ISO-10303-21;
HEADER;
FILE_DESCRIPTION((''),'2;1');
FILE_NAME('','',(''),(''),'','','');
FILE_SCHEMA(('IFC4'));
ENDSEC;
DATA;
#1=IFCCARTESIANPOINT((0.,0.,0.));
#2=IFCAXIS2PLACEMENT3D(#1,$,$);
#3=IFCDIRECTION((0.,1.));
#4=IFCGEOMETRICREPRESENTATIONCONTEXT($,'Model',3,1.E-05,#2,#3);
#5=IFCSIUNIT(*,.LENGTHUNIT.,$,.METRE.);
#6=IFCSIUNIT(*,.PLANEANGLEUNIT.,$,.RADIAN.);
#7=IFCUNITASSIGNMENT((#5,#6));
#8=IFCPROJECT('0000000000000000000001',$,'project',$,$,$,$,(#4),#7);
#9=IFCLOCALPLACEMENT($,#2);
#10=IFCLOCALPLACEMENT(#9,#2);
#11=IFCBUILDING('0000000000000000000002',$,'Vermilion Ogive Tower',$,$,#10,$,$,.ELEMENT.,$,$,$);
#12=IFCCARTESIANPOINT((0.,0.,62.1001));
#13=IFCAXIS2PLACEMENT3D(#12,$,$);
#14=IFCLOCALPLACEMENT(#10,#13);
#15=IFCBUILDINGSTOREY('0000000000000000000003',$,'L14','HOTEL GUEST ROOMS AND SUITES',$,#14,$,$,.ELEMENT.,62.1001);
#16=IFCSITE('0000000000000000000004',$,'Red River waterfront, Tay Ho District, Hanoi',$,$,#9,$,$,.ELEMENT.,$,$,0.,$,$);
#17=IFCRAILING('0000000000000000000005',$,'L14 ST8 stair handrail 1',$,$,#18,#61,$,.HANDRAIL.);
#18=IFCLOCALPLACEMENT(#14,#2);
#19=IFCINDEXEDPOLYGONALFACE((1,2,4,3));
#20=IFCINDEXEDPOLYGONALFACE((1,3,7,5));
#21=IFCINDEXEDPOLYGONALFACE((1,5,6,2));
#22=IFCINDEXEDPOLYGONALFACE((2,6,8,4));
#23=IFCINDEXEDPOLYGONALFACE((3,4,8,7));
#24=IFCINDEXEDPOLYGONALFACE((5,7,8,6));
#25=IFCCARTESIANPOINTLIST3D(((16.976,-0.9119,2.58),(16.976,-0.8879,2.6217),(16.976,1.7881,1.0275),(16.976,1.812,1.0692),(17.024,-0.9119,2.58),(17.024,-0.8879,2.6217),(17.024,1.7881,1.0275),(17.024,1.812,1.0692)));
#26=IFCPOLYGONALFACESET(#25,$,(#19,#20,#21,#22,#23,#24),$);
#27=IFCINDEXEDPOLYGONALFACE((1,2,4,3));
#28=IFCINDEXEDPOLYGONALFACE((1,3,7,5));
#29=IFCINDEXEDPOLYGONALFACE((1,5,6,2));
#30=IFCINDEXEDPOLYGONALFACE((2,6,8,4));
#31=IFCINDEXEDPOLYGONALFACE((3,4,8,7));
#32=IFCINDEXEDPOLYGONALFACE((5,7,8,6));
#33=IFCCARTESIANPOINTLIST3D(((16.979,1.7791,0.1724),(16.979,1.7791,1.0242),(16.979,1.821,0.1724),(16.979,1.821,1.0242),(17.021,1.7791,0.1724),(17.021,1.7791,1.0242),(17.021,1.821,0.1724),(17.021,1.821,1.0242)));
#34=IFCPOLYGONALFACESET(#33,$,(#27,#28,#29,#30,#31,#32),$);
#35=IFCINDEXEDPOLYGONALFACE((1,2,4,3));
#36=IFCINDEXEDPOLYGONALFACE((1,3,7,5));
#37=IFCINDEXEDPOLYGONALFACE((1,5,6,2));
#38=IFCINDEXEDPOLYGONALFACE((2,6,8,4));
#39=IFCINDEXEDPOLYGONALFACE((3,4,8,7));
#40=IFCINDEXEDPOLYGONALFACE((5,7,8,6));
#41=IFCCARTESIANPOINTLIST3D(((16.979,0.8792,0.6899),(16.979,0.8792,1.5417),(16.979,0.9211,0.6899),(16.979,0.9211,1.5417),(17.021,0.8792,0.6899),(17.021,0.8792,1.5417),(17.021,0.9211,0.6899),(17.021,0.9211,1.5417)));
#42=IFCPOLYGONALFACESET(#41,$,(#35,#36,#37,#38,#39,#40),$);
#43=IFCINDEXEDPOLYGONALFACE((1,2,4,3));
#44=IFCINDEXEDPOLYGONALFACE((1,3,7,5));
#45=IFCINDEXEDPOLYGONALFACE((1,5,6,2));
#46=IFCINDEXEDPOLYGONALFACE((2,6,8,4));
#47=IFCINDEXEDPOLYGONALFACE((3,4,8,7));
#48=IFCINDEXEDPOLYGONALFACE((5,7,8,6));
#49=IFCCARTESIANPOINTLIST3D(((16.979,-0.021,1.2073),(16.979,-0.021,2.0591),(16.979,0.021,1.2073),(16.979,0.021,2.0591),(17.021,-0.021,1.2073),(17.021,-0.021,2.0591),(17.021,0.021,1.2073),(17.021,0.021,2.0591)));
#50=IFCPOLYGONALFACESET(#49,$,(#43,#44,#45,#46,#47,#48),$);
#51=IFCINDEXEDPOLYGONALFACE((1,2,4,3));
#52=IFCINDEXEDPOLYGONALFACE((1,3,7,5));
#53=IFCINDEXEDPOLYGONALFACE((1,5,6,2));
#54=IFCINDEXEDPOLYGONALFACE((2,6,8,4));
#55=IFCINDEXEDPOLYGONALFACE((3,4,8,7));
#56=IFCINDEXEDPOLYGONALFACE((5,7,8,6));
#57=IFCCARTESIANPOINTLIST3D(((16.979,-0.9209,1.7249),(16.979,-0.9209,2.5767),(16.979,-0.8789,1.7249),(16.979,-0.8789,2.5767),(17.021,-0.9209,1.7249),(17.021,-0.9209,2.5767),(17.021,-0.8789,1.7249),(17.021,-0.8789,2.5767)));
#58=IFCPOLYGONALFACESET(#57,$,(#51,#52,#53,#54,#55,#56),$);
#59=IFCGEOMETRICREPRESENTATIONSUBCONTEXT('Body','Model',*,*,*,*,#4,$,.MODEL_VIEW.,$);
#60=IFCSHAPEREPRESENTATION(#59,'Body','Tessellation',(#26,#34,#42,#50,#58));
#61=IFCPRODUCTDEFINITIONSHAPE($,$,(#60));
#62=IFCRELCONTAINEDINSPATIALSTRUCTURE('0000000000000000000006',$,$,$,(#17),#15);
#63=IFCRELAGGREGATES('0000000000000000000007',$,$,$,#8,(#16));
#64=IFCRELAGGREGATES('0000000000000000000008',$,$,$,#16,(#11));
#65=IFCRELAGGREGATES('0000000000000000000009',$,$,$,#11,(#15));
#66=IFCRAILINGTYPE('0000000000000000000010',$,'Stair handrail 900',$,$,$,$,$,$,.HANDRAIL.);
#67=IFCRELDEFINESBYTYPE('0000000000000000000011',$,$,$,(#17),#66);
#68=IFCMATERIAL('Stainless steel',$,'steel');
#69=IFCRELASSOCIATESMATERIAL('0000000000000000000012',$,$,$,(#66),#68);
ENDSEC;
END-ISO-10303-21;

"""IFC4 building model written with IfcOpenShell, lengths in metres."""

from ifc_helpers import new_model, si_unit, direction, frame, origin, origin_2d, place, context, subcontext, project, spatial, rectangle, extrude, material, type_object, element, save


model = new_model("IFC4")

# Units and contexts
model_context = context("Model", 3, precision=1e-05, world=origin(), true_north=direction((0.0, 1.0)))
body_context = subcontext(model_context, "Body", "Model", "MODEL_VIEW")
ifc_project = project(units=[si_unit("LENGTHUNIT", "METRE"), si_unit("PLANEANGLEUNIT", "RADIAN")], contexts=[model_context])

# Site, building, storey
site_placement = place(None, origin())
site = spatial("IfcSite", under=ifc_project, at=site_placement, Name="Red River waterfront, Tay Ho District, Hanoi", CompositionType="ELEMENT", RefElevation=0.0)
building_placement = place(site_placement, origin())
building = spatial("IfcBuilding", under=site, at=building_placement, Name="Vermilion Ogive Tower", CompositionType="ELEMENT")
storey_placement = place(building_placement, frame((0.0, 0.0, 62.1001)))
storey = spatial("IfcBuildingStorey", under=building, at=storey_placement, Name="L14", Description="HOTEL GUEST ROOMS AND SUITES", CompositionType="ELEMENT", Elevation=62.1001)

# Railing
ifc_material_1 = material(Name="Stainless steel", Category="steel")
railing_type_1 = type_object("IfcRailingType", Name="Stair handrail 900", PredefinedType="HANDRAIL", material=ifc_material_1)
railing_1_placement = place(storey_placement, frame((17.0, 1.8, 0.1724)))
element("IfcRailing", 1, at=railing_1_placement, inside=storey, type_object=railing_type_1, Name="L14 ST8 stair handrail 1", PredefinedType="HANDRAIL", context=body_context, shape_type="SweptSolid", body=[
    extrude(rectangle(XDim=0.0481, YDim=0.0481, at=origin_2d()), frame((0.0, 0.0, 0.876), z_axis=(0.0, -0.866904, 0.498476), x_axis=(1.0, 0.0, 0.0)), (0.0, 0.0, 1.0), 3.1145),
    extrude(rectangle(XDim=0.042, YDim=0.042, at=origin_2d()), origin(), (0.0, 0.0, 1.0), 0.8518),
    extrude(rectangle(XDim=0.042, YDim=0.042, at=origin_2d()), frame((0.0, -0.8999, 0.5176)), (0.0, 0.0, 1.0), 0.8518),
    extrude(rectangle(XDim=0.042, YDim=0.042, at=origin_2d()), frame((0.0, -1.8, 1.0349)), (0.0, 0.0, 1.0), 0.8518),
    extrude(rectangle(XDim=0.042, YDim=0.042, at=origin_2d()), frame((0.0, -2.7, 1.5525)), (0.0, 0.0, 1.0), 0.8518),
])

save(model, "model.ifc")
